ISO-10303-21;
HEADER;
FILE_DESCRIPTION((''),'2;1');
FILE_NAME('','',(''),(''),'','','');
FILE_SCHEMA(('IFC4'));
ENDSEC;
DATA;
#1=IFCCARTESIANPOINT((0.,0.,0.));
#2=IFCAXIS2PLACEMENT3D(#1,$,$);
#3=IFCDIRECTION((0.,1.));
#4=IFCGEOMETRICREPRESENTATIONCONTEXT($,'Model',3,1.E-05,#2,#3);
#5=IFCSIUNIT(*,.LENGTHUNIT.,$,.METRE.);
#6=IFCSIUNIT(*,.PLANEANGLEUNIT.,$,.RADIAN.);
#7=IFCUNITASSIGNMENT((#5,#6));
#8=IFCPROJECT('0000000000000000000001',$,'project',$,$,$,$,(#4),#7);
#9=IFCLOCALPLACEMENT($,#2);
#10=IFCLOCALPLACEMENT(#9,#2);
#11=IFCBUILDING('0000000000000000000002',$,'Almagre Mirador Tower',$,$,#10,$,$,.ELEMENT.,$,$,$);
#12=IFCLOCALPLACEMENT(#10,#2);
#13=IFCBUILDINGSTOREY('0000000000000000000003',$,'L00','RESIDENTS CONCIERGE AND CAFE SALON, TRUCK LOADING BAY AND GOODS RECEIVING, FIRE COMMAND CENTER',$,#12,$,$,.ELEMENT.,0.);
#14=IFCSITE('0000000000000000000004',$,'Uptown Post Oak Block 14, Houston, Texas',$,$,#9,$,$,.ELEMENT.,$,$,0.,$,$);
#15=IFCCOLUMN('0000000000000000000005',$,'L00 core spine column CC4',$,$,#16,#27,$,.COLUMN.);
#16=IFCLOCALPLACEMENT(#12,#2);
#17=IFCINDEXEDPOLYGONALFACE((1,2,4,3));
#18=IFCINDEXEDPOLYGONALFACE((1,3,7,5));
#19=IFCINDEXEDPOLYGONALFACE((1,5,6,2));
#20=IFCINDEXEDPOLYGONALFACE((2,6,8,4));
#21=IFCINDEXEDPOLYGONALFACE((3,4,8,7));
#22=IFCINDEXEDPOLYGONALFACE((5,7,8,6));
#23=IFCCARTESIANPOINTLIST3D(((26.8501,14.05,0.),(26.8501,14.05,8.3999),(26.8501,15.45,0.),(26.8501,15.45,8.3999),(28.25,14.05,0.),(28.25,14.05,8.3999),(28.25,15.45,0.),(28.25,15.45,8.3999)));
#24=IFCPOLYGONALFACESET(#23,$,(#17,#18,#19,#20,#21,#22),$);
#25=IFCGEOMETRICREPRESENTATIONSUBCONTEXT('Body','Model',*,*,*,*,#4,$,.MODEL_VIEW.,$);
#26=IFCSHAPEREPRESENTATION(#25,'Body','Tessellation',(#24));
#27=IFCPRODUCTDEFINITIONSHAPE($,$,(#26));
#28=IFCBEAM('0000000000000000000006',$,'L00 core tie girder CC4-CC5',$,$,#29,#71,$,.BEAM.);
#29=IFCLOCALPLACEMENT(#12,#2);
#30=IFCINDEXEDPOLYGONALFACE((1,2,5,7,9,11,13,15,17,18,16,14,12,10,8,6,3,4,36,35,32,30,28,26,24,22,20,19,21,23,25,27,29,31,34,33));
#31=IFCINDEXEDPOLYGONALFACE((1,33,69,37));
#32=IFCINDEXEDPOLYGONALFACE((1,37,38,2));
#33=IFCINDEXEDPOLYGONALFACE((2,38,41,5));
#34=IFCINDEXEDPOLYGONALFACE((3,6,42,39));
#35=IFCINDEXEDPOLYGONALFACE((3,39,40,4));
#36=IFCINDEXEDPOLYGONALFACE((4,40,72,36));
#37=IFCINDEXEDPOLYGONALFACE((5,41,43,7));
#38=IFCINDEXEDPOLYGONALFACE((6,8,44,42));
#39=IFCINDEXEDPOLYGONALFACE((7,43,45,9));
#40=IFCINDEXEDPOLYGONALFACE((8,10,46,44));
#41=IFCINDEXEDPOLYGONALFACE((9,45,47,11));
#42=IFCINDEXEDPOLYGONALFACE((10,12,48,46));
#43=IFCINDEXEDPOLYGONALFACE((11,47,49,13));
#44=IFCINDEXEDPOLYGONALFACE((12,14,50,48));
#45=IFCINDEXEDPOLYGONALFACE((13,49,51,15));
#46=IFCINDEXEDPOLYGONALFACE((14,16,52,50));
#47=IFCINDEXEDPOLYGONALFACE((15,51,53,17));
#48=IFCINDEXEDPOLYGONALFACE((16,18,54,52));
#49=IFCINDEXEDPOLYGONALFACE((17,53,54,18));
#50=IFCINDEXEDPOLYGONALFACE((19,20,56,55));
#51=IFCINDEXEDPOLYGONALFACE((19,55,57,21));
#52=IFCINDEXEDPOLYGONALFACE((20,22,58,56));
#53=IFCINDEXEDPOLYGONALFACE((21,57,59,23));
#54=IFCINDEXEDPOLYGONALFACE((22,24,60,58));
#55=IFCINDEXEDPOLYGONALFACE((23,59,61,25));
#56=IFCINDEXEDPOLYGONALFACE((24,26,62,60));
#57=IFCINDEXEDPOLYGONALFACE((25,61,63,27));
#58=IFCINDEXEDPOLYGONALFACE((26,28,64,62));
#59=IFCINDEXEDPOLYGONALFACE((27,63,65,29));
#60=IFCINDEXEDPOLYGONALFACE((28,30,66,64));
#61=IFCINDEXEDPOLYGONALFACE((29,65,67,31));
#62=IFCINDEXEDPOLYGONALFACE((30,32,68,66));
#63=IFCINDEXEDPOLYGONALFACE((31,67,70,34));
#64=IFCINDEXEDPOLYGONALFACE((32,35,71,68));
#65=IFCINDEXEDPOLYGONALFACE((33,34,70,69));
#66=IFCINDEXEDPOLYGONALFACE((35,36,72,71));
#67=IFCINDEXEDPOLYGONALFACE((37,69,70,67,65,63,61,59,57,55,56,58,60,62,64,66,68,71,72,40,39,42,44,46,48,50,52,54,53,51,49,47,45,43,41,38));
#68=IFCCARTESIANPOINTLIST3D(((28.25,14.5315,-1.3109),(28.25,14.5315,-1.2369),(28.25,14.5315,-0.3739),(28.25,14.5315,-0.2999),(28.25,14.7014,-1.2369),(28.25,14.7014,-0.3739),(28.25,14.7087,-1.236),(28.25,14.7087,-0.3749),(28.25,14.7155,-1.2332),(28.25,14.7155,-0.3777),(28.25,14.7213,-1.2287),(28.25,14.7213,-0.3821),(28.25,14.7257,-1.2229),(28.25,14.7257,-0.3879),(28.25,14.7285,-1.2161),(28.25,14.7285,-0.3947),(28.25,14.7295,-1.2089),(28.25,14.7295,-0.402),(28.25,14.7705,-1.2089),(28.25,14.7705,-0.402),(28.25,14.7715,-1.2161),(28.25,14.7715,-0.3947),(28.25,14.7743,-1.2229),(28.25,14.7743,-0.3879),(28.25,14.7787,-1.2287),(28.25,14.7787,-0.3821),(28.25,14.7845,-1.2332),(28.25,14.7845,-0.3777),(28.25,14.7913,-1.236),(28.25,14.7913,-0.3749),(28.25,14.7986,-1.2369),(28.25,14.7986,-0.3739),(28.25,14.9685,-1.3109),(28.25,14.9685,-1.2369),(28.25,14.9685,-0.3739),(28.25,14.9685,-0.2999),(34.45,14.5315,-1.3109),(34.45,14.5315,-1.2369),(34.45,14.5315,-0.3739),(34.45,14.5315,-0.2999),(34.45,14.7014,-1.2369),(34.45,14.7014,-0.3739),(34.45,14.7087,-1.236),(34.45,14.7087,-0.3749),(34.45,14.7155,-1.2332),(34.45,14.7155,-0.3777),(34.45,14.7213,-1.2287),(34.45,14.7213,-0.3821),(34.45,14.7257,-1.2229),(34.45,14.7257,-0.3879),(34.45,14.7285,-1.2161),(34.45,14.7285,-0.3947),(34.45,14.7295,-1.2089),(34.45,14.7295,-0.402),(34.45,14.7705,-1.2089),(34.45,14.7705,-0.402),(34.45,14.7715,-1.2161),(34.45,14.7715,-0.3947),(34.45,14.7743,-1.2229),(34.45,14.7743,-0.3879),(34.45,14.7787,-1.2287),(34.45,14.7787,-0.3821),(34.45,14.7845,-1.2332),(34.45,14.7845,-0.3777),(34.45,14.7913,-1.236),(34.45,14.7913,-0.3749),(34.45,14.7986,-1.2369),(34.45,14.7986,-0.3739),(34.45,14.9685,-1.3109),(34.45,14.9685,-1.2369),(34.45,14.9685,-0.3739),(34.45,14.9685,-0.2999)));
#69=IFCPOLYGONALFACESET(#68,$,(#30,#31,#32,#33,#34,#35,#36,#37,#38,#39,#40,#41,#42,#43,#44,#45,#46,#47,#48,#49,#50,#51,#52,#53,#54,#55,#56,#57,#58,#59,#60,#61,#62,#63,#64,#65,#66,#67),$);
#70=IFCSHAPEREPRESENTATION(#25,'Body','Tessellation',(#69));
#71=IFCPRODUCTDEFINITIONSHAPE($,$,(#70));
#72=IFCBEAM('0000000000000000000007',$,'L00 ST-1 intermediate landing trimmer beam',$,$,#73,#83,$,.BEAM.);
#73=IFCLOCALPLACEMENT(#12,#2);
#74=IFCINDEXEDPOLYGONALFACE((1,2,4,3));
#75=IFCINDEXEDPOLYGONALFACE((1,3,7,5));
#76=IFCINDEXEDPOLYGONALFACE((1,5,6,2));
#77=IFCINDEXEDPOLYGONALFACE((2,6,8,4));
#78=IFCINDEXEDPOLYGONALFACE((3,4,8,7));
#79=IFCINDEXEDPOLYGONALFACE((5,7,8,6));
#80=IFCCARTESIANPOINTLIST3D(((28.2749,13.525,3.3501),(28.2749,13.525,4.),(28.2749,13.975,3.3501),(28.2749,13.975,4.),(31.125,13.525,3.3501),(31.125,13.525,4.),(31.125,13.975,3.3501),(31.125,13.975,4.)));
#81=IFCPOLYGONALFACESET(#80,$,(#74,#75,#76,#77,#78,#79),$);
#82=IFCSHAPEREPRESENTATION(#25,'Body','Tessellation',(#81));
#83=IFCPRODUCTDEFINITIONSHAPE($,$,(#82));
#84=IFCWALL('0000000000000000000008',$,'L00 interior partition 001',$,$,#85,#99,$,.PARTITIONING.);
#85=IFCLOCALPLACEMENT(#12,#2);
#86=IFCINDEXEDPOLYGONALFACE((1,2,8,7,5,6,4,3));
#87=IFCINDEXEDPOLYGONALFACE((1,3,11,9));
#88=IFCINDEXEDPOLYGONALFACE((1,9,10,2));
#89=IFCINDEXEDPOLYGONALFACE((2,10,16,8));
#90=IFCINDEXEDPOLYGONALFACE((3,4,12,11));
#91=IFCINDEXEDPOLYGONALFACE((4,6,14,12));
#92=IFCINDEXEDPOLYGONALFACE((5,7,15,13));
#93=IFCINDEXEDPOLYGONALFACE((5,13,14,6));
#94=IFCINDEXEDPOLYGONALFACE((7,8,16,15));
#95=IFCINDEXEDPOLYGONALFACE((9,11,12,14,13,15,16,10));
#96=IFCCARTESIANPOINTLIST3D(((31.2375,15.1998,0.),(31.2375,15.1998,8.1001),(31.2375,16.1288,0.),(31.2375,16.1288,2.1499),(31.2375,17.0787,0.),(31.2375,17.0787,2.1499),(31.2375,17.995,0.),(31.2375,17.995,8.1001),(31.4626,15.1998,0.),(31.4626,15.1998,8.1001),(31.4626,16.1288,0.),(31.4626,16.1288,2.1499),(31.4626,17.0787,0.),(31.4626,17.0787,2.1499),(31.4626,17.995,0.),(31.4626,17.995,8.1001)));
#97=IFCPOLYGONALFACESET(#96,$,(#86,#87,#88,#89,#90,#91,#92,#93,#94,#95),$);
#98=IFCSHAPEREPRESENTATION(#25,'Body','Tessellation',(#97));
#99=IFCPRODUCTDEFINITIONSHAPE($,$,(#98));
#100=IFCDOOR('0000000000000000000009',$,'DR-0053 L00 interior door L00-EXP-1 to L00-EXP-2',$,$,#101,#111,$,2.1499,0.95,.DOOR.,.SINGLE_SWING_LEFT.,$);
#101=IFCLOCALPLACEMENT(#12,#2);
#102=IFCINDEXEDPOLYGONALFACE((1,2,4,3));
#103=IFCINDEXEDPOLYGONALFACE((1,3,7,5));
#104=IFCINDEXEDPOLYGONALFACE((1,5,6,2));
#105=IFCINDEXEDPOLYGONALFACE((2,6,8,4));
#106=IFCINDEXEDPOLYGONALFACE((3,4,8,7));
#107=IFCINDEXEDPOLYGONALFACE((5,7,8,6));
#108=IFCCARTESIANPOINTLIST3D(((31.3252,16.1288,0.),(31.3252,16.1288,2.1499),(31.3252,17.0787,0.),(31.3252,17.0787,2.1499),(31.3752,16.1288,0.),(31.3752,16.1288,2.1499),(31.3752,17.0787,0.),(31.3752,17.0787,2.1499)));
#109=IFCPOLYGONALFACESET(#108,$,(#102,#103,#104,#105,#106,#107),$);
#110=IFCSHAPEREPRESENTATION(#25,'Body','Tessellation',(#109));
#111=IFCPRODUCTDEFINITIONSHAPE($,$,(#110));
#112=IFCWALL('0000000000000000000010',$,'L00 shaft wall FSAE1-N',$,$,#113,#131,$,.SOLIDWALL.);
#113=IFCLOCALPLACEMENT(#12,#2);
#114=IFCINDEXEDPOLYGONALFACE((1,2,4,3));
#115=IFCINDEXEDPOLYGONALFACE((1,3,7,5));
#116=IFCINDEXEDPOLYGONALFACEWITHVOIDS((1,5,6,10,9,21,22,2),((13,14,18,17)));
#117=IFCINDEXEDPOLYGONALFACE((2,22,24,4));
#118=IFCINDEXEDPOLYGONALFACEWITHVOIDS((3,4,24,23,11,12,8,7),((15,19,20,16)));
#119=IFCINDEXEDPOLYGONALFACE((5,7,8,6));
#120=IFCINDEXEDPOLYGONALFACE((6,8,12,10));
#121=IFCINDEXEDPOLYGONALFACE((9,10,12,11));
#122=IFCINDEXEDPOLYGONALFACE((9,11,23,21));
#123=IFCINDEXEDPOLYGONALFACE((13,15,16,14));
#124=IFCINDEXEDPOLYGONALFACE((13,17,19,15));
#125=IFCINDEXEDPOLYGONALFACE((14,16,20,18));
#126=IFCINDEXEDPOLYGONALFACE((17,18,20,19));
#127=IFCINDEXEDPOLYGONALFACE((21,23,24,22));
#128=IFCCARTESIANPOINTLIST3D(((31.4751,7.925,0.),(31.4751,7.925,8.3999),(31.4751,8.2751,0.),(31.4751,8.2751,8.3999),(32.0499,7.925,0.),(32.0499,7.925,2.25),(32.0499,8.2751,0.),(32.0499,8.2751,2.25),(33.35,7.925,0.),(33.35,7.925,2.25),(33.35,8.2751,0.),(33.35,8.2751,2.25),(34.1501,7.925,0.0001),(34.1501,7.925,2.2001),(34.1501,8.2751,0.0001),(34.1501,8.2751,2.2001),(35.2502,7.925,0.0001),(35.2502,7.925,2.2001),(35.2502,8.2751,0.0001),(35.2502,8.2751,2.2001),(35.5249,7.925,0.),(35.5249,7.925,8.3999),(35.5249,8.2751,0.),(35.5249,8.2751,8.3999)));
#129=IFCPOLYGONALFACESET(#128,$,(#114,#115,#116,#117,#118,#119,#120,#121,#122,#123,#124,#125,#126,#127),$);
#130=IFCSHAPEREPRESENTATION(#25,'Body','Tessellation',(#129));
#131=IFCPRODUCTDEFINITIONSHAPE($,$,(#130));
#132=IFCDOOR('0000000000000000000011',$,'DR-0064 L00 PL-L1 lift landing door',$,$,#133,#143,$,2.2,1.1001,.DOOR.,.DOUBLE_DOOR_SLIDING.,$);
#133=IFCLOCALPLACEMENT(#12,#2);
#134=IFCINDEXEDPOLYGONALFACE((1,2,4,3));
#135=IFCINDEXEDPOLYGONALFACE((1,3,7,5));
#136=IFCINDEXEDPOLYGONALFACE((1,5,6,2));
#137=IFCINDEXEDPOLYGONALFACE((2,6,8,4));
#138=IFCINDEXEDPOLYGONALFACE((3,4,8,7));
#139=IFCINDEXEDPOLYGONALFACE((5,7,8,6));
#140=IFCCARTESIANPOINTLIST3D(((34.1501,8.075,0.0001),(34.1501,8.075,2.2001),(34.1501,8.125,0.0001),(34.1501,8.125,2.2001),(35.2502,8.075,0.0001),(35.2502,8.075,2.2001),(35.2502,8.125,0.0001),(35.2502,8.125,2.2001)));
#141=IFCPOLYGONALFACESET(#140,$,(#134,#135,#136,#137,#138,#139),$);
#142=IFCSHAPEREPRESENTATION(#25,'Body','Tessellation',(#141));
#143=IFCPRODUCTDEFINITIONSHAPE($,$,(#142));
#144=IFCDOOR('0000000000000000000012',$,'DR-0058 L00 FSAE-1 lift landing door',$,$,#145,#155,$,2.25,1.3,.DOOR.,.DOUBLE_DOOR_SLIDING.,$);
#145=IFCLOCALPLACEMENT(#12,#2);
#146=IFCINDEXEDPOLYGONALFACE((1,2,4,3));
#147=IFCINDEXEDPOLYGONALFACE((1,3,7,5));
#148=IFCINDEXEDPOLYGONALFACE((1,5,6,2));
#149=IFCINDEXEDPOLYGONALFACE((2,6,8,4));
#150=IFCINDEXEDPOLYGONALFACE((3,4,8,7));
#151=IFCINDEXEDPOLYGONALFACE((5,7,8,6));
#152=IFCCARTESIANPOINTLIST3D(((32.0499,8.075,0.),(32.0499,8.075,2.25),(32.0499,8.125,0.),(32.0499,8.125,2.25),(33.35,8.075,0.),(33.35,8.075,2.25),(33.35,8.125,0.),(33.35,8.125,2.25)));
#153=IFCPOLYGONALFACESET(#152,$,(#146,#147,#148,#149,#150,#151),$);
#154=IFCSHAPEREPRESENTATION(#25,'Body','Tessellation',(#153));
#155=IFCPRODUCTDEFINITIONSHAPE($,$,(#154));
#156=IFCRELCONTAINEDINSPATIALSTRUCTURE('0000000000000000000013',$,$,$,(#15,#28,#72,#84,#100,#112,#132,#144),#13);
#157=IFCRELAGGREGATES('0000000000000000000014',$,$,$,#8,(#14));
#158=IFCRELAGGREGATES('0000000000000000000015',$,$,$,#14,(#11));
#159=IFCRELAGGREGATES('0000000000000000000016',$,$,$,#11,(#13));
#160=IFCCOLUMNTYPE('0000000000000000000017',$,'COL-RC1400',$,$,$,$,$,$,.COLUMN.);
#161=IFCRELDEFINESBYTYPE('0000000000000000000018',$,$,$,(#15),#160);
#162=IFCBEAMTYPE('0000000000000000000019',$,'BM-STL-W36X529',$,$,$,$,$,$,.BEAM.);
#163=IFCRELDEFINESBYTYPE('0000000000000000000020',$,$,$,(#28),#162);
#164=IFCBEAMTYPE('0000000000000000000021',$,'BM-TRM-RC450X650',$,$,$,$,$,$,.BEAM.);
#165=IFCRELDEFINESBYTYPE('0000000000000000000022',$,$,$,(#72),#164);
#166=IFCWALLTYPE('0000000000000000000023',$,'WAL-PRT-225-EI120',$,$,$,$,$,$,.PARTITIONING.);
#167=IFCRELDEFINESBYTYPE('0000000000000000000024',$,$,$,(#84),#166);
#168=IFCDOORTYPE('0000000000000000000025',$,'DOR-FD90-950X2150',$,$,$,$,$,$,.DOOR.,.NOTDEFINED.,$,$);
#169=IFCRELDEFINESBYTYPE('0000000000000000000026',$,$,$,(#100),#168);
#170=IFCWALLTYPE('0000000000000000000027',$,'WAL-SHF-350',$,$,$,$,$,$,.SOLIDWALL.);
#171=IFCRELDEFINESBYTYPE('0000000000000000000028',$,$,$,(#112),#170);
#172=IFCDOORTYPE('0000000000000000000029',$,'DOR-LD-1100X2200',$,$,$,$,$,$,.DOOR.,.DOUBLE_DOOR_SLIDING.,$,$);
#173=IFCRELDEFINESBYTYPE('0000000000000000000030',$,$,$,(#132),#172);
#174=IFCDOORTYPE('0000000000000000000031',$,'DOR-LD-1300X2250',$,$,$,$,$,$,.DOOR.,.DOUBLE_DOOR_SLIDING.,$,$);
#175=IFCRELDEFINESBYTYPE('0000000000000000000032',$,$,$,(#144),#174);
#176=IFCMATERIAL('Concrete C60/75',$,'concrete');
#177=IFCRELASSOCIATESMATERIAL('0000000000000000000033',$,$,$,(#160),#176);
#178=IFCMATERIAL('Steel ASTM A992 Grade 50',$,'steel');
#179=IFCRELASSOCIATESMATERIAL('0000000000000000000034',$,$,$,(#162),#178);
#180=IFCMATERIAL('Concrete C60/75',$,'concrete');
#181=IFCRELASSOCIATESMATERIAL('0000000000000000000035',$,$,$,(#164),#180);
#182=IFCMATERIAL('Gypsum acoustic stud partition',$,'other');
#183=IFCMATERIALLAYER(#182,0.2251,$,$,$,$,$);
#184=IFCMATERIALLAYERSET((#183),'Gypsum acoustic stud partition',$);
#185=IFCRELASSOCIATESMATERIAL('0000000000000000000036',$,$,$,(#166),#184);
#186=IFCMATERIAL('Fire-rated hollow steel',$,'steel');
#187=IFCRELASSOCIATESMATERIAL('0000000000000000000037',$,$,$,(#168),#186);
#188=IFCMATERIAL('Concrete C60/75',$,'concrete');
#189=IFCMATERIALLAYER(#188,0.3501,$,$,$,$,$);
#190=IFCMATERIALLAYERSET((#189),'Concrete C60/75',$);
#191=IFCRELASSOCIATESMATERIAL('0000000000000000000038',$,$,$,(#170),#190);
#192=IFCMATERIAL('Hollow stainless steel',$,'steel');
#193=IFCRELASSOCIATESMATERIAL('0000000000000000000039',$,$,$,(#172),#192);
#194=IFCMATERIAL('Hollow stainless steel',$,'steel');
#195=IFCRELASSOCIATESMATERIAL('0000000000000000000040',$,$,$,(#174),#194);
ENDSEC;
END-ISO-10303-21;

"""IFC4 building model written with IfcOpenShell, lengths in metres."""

from ifc_helpers import new_model, si_unit, direction, frame, frame_2d, origin, origin_2d, place, context, subcontext, project, spatial, rectangle, i_section, extrude, material, layer, layer_set, material_profile, profile_set, type_object, element, fill, save


model = new_model("IFC4")

# Units and contexts
model_context = context("Model", 3, precision=1e-05, world=origin(), true_north=direction((0.0, 1.0)))
body_context = subcontext(model_context, "Body", "Model", "MODEL_VIEW")
ifc_project = project(units=[si_unit("LENGTHUNIT", "METRE"), si_unit("PLANEANGLEUNIT", "RADIAN")], contexts=[model_context])

# Site, building, storey
site_placement = place(None, origin())
site = spatial("IfcSite", under=ifc_project, at=site_placement, Name="Uptown Post Oak Block 14, Houston, Texas", CompositionType="ELEMENT", RefElevation=0.0)
building_placement = place(site_placement, origin())
building = spatial("IfcBuilding", under=site, at=building_placement, Name="Almagre Mirador Tower", CompositionType="ELEMENT")
storey_placement = place(building_placement, origin())
storey = spatial("IfcBuildingStorey", under=building, at=storey_placement, Name="L00", Description="RESIDENTS CONCIERGE AND CAFE SALON, TRUCK LOADING BAY AND GOODS RECEIVING, FIRE COMMAND CENTER", CompositionType="ELEMENT", Elevation=0.0)

# Column
ifc_material_1 = material(Name="Concrete C60/75", Category="concrete")
ifc_material_profile_1 = material_profile(ifc_material_1, rectangle(XDim=1.3999, YDim=1.3999, at=origin_2d()), Name="RC1400X1400")
ifc_profile_set_1 = profile_set([ifc_material_profile_1], Name="Concrete C60/75")
column_type = type_object("IfcColumnType", Name="COL-RC1400", PredefinedType="COLUMN", material=ifc_profile_set_1)
column_placement = place(storey_placement, frame((27.55, 14.75, 0.0), z_axis=(0.0, 0.0, 1.0), x_axis=(1.0, 0.0, 0.0)))
element("IfcColumn", 1, at=column_placement, inside=storey, type_object=column_type, Name="L00 core spine column CC4", PredefinedType="COLUMN", context=body_context, shape_type="SweptSolid", body=[
    extrude(rectangle(XDim=1.3999, YDim=1.3999, at=origin_2d()), origin(), (0.0, 0.0, 1.0), 8.3999),
])

# Beams
ifc_material_2 = material(Name="Steel ASTM A992 Grade 50", Category="steel")
ifc_material_profile_2 = material_profile(ifc_material_2, i_section(OverallWidth=0.437, OverallDepth=1.011, WebThickness=0.041, FlangeThickness=0.074, FilletRadius=0.0281, at=origin_2d()), Name="W36X529")
ifc_profile_set_2 = profile_set([ifc_material_profile_2], Name="Steel ASTM A992 Grade 50")
beam_type_1 = type_object("IfcBeamType", Name="BM-STL-W36X529", PredefinedType="BEAM", material=ifc_profile_set_2)
beam_1_placement = place(storey_placement, frame((28.25, 14.75, -0.8054), z_axis=(1.0, 0.0, 0.0), x_axis=(0.0, 1.0, 0.0)))
element("IfcBeam", 2, at=beam_1_placement, inside=storey, type_object=beam_type_1, Name="L00 core tie girder CC4-CC5", PredefinedType="BEAM", context=body_context, shape_type="SweptSolid", body=[
    extrude(i_section(OverallWidth=0.437, OverallDepth=1.011, WebThickness=0.041, FlangeThickness=0.074, FilletRadius=0.0281, at=origin_2d()), origin(), (0.0, 0.0, 1.0), 6.2),
])
ifc_material_3 = material(Name="Concrete C60/75", Category="concrete")
ifc_material_profile_3 = material_profile(ifc_material_3, rectangle(XDim=0.45, YDim=0.6499, at=origin_2d()), Name="RC450X650")
ifc_profile_set_3 = profile_set([ifc_material_profile_3], Name="Concrete C60/75")
beam_type_2 = type_object("IfcBeamType", Name="BM-TRM-RC450X650", PredefinedType="BEAM", material=ifc_profile_set_3)
beam_2_placement = place(storey_placement, frame((28.2749, 13.75, 3.675), z_axis=(1.0, 0.0, 0.0), x_axis=(0.0, 1.0, 0.0)))
element("IfcBeam", 3, at=beam_2_placement, inside=storey, type_object=beam_type_2, Name="L00 ST-1 intermediate landing trimmer beam", PredefinedType="BEAM", context=body_context, shape_type="SweptSolid", body=[
    extrude(rectangle(XDim=0.45, YDim=0.6499, at=origin_2d()), origin(), (0.0, 0.0, 1.0), 2.8501),
])

# Wall, opening, door
ifc_material_4 = material(Name="Gypsum acoustic stud partition", Category="other")
ifc_layer_1 = layer(ifc_material_4, 0.2251)
ifc_layer_set_1 = layer_set([ifc_layer_1], Name="Gypsum acoustic stud partition")
wall_type_1 = type_object("IfcWallType", Name="WAL-PRT-225-EI120", PredefinedType="PARTITIONING", material=ifc_layer_set_1)
wall_1_placement = place(storey_placement, frame((31.3501, 15.2, 0.0), z_axis=(0.0, 0.0, 1.0), x_axis=(0.0, 1.0, 0.0)))
wall_1 = element("IfcWall", 4, at=wall_1_placement, inside=storey, type_object=wall_type_1, Name="L00 interior partition 001", PredefinedType="PARTITIONING", context=body_context, shape_type="SweptSolid", body=[
    extrude(rectangle(XDim=2.7952, YDim=0.2251, at=frame_2d((1.3975, 0.0))), origin(), (0.0, 0.0, 1.0), 8.1001),
])
opening_1_placement = place(wall_1_placement, frame((0.9287, 0.0, 0.0)))
opening_1 = element("IfcOpeningElement", 5, at=opening_1_placement, cuts=wall_1, PredefinedType="OPENING", context=body_context, shape_type="SweptSolid", body=[
    extrude(rectangle(XDim=0.95, YDim=2.1499, at=frame_2d((0.4751, 1.075))), frame((0.0, 0.1225, 0.0), z_axis=(0.0, -1.0, 0.0), x_axis=(1.0, 0.0, 0.0)), (0.0, 0.0, 1.0), 0.2451),
])
ifc_material_5 = material(Name="Fire-rated hollow steel", Category="steel")
door_type_1 = type_object("IfcDoorType", Name="DOR-FD90-950X2150", OperationType="NOTDEFINED", PredefinedType="DOOR", material=ifc_material_5)
door_1_placement = place(opening_1_placement, origin())
door_1 = element("IfcDoor", 6, at=door_1_placement, inside=storey, type_object=door_type_1, Name="DR-0053 L00 interior door L00-EXP-1 to L00-EXP-2", OperationType="SINGLE_SWING_LEFT", OverallHeight=2.1499, OverallWidth=0.95, PredefinedType="DOOR", context=body_context, shape_type="SweptSolid", body=[
    extrude(rectangle(XDim=0.95, YDim=2.1499, at=frame_2d((0.4751, 1.075))), frame((0.0, 0.0249, 0.0), z_axis=(0.0, -1.0, 0.0), x_axis=(1.0, 0.0, 0.0)), (0.0, 0.0, 1.0), 0.05),
])
fill(opening_1, door_1)

# Wall, openings, doors
ifc_material_6 = material(Name="Concrete C60/75", Category="concrete")
ifc_layer_2 = layer(ifc_material_6, 0.3501)
ifc_layer_set_2 = layer_set([ifc_layer_2], Name="Concrete C60/75")
wall_type_2 = type_object("IfcWallType", Name="WAL-SHF-350", PredefinedType="SOLIDWALL", material=ifc_layer_set_2)
wall_2_placement = place(storey_placement, frame((31.4751, 8.1001, 0.0), z_axis=(0.0, 0.0, 1.0), x_axis=(1.0, 0.0, 0.0)))
wall_2 = element("IfcWall", 7, at=wall_2_placement, inside=storey, type_object=wall_type_2, Name="L00 shaft wall FSAE1-N", PredefinedType="SOLIDWALL", context=body_context, shape_type="SweptSolid", body=[
    extrude(rectangle(XDim=4.0498, YDim=0.3501, at=frame_2d((2.0249, 0.0))), origin(), (0.0, 0.0, 1.0), 8.3999),
])
opening_2_placement = place(wall_2_placement, frame((0.575, 0.0, 0.0)))
opening_2 = element("IfcOpeningElement", 8, at=opening_2_placement, cuts=wall_2, PredefinedType="OPENING", context=body_context, shape_type="SweptSolid", body=[
    extrude(rectangle(XDim=1.3, YDim=2.25, at=frame_2d((0.6499, 1.125))), frame((0.0, 0.185, 0.0), z_axis=(0.0, -1.0, 0.0), x_axis=(1.0, 0.0, 0.0)), (0.0, 0.0, 1.0), 0.3701),
])
opening_3_placement = place(wall_2_placement, frame((2.675, 0.0, 0.0)))
opening_3 = element("IfcOpeningElement", 9, at=opening_3_placement, cuts=wall_2, PredefinedType="OPENING", context=body_context, shape_type="SweptSolid", body=[
    extrude(rectangle(XDim=1.1001, YDim=2.2, at=frame_2d((0.55, 1.1001))), frame((0.0, 0.185, 0.0), z_axis=(0.0, -1.0, 0.0), x_axis=(1.0, 0.0, 0.0)), (0.0, 0.0, 1.0), 0.3701),
])
ifc_material_7 = material(Name="Hollow stainless steel", Category="steel")
door_type_2 = type_object("IfcDoorType", Name="DOR-LD-1100X2200", OperationType="DOUBLE_DOOR_SLIDING", PredefinedType="DOOR", material=ifc_material_7)
door_2_placement = place(opening_3_placement, origin())
door_2 = element("IfcDoor", 10, at=door_2_placement, inside=storey, type_object=door_type_2, Name="DR-0064 L00 PL-L1 lift landing door", OperationType="DOUBLE_DOOR_SLIDING", OverallHeight=2.2, OverallWidth=1.1001, PredefinedType="DOOR", context=body_context, shape_type="SweptSolid", body=[
    extrude(rectangle(XDim=1.1001, YDim=2.2, at=frame_2d((0.55, 1.1001))), frame((0.0, 0.0249, 0.0), z_axis=(0.0, -1.0, 0.0), x_axis=(1.0, 0.0, 0.0)), (0.0, 0.0, 1.0), 0.05),
])
fill(opening_3, door_2)
ifc_material_8 = material(Name="Hollow stainless steel", Category="steel")
door_type_3 = type_object("IfcDoorType", Name="DOR-LD-1300X2250", OperationType="DOUBLE_DOOR_SLIDING", PredefinedType="DOOR", material=ifc_material_8)
door_3_placement = place(opening_2_placement, origin())
door_3 = element("IfcDoor", 11, at=door_3_placement, inside=storey, type_object=door_type_3, Name="DR-0058 L00 FSAE-1 lift landing door", OperationType="DOUBLE_DOOR_SLIDING", OverallHeight=2.25, OverallWidth=1.3, PredefinedType="DOOR", context=body_context, shape_type="SweptSolid", body=[
    extrude(rectangle(XDim=1.3, YDim=2.25, at=frame_2d((0.6499, 1.125))), frame((0.0, 0.0249, 0.0), z_axis=(0.0, -1.0, 0.0), x_axis=(1.0, 0.0, 0.0)), (0.0, 0.0, 1.0), 0.05),
])
fill(opening_2, door_3)

save(model, "model.ifc")
